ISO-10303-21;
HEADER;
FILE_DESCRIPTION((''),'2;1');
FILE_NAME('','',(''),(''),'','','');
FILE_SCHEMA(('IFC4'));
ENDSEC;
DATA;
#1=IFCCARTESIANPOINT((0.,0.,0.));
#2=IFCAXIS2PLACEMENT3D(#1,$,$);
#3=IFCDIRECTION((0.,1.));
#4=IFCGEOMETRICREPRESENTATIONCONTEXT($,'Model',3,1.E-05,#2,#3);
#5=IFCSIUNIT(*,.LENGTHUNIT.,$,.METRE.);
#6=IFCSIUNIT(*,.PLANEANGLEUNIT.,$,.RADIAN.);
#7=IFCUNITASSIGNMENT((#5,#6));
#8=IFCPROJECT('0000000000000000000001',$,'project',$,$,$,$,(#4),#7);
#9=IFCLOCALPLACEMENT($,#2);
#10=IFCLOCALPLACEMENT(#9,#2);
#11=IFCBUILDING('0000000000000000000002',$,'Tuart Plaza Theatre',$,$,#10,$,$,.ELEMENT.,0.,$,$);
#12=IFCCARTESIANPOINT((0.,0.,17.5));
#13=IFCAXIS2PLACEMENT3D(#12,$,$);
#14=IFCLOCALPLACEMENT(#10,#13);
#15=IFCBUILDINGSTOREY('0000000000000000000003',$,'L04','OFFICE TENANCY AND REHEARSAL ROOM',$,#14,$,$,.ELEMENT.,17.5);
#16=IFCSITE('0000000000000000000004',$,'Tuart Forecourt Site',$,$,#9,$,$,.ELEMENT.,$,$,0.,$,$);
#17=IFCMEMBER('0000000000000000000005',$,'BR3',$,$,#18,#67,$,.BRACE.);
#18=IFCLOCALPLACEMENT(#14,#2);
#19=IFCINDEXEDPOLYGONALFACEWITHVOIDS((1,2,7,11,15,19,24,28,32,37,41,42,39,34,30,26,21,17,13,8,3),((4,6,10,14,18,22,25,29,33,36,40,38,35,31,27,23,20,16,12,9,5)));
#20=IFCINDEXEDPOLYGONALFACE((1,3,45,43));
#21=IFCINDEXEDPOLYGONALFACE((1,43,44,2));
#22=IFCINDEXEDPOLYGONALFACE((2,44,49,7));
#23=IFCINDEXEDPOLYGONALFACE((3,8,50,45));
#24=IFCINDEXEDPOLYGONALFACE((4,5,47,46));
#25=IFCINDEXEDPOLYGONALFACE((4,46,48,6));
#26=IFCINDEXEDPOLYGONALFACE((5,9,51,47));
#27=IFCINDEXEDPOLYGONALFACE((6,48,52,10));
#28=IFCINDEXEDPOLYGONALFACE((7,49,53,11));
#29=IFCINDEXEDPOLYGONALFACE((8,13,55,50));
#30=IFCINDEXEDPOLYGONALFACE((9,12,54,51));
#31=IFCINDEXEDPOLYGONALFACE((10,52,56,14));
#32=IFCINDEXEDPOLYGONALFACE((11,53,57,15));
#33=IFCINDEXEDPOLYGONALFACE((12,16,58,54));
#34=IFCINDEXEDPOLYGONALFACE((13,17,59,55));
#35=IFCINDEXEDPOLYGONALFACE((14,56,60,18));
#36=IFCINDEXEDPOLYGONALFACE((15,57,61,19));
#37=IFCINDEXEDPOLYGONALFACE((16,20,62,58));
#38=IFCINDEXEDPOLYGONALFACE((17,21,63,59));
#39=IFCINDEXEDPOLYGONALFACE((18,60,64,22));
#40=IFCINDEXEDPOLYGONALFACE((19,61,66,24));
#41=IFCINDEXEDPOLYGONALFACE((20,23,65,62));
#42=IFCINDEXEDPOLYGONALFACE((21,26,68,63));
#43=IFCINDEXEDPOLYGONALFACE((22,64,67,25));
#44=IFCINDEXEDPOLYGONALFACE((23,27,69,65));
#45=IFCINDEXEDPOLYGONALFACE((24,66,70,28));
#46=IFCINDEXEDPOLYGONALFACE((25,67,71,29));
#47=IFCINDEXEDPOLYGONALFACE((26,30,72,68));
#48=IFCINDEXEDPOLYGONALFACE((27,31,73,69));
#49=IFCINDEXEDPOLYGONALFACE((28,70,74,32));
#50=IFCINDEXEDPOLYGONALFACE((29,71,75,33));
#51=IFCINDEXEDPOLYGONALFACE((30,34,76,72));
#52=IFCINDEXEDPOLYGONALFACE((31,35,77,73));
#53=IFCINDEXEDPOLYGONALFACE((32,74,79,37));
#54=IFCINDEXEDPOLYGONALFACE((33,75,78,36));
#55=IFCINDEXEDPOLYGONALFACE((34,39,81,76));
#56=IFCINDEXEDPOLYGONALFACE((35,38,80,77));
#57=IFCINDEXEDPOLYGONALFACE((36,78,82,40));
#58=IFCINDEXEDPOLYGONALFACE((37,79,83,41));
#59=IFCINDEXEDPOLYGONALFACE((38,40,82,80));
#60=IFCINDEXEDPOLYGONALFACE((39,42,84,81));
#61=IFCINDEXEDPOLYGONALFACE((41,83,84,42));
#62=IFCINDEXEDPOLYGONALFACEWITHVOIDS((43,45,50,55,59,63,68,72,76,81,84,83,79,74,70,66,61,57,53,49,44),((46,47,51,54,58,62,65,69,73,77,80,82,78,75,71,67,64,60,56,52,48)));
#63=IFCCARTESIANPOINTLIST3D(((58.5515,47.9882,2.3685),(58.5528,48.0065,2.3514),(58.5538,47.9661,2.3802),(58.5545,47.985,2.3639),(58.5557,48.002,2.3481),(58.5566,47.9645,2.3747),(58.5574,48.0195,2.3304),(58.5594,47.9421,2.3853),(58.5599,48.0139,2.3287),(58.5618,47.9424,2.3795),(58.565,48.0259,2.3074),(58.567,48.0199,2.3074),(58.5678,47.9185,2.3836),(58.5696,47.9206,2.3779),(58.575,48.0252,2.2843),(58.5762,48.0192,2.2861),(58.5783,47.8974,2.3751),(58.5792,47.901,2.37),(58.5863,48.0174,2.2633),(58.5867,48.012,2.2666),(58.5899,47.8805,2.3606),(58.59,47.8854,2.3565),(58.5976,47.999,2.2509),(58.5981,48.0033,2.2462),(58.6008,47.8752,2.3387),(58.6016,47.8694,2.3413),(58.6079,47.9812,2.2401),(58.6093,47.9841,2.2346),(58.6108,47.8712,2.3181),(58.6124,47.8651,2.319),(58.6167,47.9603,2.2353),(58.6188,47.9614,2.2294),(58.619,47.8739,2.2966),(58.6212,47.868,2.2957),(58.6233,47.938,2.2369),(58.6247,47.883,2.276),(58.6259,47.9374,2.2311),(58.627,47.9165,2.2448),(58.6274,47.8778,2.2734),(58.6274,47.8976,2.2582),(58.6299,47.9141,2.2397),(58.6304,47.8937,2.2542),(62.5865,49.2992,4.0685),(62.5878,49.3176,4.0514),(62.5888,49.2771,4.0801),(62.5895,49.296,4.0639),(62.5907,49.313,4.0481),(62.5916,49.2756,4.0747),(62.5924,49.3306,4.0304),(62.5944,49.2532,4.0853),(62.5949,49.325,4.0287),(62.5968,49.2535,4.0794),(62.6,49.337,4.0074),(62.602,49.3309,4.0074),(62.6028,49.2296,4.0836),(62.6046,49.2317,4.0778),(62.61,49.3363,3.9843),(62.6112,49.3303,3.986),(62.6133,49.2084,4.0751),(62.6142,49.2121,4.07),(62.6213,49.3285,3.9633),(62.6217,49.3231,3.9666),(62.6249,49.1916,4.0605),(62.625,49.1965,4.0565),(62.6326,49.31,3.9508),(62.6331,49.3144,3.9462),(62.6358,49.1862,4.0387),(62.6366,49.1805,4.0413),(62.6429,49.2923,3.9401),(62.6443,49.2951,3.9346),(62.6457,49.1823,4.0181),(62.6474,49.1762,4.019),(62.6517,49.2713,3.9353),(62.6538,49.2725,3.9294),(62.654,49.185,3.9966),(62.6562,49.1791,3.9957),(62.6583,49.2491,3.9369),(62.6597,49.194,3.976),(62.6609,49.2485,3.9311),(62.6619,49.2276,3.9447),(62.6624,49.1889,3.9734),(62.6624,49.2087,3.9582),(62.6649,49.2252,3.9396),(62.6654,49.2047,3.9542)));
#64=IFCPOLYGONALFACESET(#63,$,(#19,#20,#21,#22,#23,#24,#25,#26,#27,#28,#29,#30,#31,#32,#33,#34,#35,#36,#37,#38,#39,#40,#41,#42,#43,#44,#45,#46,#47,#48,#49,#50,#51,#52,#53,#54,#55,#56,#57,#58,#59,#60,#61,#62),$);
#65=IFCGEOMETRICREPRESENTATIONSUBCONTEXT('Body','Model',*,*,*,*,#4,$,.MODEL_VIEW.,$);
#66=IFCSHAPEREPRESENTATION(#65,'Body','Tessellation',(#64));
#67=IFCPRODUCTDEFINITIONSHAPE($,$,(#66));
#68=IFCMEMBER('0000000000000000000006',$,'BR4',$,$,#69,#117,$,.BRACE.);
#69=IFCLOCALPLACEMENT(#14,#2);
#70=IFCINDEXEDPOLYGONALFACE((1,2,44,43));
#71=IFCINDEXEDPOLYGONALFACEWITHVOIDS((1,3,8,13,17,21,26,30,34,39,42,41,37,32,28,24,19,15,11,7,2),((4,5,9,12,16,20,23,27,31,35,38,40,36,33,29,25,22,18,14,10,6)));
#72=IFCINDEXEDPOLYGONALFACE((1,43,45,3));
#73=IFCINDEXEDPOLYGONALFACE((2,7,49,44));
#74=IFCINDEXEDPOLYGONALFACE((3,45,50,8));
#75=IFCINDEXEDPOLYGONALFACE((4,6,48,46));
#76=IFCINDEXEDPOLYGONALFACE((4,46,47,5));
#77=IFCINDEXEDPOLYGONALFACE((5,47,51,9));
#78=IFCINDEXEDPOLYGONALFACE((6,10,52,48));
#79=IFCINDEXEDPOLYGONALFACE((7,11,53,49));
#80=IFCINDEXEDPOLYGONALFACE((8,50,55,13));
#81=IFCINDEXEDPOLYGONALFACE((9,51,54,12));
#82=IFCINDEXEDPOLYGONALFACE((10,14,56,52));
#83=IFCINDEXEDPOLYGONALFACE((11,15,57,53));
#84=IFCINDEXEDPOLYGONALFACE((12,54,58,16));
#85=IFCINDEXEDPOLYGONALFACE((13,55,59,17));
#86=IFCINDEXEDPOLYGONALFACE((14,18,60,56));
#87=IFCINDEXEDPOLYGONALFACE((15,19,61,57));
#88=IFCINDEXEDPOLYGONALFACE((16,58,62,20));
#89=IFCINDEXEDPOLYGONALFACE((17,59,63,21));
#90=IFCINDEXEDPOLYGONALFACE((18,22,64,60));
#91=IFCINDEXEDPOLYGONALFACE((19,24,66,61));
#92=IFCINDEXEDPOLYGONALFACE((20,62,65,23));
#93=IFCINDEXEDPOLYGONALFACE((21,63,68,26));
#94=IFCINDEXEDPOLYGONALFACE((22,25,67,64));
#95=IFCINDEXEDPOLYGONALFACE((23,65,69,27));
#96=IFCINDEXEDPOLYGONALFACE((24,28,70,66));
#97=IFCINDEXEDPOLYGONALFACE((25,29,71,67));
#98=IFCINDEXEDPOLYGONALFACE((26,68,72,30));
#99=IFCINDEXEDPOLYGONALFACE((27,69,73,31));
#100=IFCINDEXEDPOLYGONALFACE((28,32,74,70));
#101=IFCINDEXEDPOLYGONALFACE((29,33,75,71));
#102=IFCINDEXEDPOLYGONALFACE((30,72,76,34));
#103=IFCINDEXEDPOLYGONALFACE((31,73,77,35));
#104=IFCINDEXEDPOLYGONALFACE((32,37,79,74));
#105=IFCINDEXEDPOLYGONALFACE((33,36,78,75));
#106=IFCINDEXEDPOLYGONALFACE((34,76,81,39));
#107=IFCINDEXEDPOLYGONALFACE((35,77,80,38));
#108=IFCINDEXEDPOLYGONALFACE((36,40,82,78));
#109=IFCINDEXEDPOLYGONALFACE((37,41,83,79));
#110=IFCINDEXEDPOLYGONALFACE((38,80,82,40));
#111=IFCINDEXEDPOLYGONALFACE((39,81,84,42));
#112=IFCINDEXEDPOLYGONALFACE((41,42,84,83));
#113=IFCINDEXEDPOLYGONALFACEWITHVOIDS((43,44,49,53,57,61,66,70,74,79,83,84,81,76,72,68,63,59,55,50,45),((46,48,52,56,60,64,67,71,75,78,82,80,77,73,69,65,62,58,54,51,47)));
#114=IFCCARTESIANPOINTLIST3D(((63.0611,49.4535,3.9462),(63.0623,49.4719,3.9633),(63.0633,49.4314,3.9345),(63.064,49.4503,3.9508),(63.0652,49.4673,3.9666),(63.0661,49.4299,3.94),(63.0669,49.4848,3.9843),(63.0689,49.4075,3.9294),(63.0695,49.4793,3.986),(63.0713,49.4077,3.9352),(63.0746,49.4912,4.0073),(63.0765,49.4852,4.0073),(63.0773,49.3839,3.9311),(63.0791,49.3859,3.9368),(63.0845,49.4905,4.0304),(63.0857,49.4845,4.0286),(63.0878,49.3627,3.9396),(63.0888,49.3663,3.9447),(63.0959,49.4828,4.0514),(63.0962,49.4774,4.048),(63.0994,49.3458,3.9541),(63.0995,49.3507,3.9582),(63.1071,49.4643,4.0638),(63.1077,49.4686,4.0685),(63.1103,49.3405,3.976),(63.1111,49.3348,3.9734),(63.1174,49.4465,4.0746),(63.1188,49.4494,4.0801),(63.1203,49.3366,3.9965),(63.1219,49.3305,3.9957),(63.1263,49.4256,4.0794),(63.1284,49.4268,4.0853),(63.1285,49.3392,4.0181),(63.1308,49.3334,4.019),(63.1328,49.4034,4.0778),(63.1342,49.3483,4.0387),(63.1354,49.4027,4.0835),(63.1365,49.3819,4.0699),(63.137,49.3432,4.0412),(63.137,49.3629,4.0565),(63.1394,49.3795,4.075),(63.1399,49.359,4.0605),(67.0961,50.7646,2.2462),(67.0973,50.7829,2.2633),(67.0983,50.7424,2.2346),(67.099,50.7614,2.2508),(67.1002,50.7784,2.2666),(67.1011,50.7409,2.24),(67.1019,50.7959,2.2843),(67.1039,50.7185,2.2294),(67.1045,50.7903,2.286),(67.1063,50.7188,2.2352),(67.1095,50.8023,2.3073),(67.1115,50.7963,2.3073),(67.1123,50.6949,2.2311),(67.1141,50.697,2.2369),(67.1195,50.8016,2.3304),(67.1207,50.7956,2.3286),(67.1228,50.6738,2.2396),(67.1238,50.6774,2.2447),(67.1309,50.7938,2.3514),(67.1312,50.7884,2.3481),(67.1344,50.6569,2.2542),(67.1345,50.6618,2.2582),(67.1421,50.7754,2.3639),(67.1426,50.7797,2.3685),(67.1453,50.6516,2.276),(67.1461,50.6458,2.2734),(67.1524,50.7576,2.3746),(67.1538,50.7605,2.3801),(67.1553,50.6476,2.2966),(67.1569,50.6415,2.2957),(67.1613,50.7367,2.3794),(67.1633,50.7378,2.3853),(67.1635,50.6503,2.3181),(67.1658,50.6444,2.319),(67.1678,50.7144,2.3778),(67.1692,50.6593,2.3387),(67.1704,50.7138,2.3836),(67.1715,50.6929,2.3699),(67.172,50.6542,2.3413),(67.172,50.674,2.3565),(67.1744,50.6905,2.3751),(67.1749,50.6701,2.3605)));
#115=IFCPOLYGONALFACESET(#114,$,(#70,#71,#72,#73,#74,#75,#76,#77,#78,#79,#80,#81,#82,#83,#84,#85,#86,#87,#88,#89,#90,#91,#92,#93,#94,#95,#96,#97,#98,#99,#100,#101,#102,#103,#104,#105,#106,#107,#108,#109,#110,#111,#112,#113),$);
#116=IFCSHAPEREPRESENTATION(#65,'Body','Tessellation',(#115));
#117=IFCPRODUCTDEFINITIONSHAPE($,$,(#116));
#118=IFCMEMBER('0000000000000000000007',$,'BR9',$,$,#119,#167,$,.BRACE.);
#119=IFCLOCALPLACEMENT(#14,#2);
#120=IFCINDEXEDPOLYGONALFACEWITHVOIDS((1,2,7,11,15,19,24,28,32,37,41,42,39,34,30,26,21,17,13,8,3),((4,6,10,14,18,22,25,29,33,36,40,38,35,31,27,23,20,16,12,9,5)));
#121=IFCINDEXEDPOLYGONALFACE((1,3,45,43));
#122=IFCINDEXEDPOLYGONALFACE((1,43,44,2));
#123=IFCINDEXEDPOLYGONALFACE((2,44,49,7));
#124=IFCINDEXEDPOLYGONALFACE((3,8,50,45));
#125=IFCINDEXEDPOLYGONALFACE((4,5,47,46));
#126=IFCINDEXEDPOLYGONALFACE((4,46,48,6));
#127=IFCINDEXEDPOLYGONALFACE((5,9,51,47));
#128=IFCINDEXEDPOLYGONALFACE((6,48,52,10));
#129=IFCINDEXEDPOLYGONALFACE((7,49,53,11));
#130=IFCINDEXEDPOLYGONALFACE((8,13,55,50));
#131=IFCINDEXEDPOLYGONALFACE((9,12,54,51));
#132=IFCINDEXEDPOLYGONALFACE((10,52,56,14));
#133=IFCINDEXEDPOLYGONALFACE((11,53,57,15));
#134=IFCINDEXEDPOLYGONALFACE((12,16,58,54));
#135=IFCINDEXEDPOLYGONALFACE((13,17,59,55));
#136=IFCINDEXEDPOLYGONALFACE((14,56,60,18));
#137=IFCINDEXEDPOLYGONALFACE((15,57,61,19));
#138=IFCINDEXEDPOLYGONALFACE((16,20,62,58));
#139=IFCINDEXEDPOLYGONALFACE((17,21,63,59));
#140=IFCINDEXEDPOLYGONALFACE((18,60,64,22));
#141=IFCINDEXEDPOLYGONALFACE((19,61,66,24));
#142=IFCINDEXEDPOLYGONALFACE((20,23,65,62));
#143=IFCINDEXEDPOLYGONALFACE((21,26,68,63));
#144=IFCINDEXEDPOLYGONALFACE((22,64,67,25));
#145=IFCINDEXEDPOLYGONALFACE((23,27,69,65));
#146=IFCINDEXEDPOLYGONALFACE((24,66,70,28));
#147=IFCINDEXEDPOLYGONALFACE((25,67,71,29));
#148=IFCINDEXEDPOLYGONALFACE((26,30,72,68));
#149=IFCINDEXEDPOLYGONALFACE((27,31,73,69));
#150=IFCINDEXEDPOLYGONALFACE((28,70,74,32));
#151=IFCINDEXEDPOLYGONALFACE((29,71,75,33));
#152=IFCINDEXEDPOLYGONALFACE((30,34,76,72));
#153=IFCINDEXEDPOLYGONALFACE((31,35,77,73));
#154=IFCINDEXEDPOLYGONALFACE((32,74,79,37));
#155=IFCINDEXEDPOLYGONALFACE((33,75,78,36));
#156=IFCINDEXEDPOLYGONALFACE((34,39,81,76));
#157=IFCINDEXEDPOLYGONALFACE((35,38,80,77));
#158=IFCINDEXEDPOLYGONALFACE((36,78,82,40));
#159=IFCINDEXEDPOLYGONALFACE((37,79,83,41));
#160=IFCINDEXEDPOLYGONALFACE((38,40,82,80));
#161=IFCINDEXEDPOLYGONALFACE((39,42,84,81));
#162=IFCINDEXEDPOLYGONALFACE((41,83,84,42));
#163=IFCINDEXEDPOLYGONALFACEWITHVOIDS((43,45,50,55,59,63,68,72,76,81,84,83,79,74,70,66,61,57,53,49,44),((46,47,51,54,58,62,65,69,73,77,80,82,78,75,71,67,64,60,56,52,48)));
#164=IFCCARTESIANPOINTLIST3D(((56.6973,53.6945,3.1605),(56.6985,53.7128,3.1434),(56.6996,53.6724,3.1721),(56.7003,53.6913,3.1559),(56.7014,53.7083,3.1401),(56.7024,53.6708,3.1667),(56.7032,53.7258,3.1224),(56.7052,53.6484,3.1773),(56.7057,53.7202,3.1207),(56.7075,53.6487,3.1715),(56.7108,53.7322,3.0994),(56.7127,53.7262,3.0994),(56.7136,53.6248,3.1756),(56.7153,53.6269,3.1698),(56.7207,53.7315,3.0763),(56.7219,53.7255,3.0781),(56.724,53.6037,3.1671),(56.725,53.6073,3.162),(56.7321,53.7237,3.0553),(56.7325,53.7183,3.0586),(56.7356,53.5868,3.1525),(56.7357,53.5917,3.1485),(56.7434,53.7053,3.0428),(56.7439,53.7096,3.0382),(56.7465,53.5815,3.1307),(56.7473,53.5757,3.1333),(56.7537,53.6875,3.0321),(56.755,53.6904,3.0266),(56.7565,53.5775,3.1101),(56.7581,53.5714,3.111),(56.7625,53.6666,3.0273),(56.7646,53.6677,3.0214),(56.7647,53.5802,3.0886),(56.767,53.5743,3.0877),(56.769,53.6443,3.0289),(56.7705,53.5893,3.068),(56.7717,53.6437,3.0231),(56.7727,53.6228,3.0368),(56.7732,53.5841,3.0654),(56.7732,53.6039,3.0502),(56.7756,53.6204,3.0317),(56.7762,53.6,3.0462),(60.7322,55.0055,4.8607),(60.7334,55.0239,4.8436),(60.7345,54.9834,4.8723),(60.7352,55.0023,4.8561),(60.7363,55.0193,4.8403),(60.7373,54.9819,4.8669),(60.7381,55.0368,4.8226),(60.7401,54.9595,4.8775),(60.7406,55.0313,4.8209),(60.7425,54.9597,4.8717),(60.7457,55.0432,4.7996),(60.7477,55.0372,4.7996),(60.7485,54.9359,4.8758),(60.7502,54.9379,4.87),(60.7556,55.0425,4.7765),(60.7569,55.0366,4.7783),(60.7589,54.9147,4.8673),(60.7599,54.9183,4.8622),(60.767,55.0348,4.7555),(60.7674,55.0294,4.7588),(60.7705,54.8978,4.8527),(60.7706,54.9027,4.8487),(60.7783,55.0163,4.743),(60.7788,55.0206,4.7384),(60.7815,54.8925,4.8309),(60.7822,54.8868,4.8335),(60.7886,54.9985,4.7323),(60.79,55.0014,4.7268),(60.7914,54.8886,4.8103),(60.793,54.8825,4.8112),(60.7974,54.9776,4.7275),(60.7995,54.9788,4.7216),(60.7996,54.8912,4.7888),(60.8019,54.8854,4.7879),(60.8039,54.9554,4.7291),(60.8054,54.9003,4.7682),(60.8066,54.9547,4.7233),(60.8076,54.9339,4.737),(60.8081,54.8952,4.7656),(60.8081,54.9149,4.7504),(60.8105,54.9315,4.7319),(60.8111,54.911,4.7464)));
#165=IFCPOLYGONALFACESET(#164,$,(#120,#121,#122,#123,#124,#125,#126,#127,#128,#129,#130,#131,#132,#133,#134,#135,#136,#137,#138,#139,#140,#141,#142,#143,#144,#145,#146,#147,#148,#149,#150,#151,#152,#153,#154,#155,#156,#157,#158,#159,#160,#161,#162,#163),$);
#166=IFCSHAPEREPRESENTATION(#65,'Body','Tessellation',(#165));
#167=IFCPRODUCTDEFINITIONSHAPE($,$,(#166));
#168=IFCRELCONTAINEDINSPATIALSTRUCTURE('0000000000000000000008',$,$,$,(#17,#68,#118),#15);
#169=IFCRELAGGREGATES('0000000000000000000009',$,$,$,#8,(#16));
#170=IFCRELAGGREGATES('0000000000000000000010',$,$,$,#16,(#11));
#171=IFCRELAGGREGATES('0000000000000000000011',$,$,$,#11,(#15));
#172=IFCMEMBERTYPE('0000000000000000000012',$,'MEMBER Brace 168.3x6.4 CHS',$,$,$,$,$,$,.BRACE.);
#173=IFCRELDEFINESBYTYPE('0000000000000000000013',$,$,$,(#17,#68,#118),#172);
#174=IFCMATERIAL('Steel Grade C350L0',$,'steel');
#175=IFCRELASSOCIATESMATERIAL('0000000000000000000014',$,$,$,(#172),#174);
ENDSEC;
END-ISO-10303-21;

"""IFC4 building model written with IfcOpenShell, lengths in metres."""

from ifc_helpers import new_model, si_unit, direction, frame, origin, origin_2d, place, context, subcontext, project, spatial, hollow_circle, extrude, material, material_profile, profile_set, type_object, element, save


model = new_model("IFC4")

# Units and contexts
model_context = context("Model", 3, precision=1e-05, world=origin(), true_north=direction((0.0, 1.0)))
body_context = subcontext(model_context, "Body", "Model", "MODEL_VIEW")
ifc_project = project(units=[si_unit("LENGTHUNIT", "METRE"), si_unit("PLANEANGLEUNIT", "RADIAN")], contexts=[model_context])

# Site, building, storey
site_placement = place(None, origin())
site = spatial("IfcSite", under=ifc_project, at=site_placement, Name="Tuart Forecourt Site", CompositionType="ELEMENT", RefElevation=0.0)
building_placement = place(site_placement, origin())
building = spatial("IfcBuilding", under=site, at=building_placement, Name="Tuart Plaza Theatre", CompositionType="ELEMENT", ElevationOfRefHeight=0.0)
storey_placement = place(building_placement, frame((0.0, 0.0, 17.5)))
storey = spatial("IfcBuildingStorey", under=building, at=storey_placement, Name="L04", Description="OFFICE TENANCY AND REHEARSAL ROOM", CompositionType="ELEMENT", Elevation=17.5)

# Members
ifc_material_1 = material(Name="Steel Grade C350L0", Category="steel")
ifc_material_profile_1 = material_profile(ifc_material_1, hollow_circle(Radius=0.0842, WallThickness=0.0063, at=origin_2d()), Name="168.3x6.4 CHS")
ifc_profile_set_1 = profile_set([ifc_material_profile_1], Name="Steel Grade C350L0")
member_type_1 = type_object("IfcMemberType", Name="MEMBER Brace 168.3x6.4 CHS", PredefinedType="BRACE", material=ifc_profile_set_1)
for number, where, z_axis, x_axis, name in (
    (1, (58.5911, 47.9458, 2.3074), (0.882823, 0.286849, 0.371943), (-0.30902, 0.951056, 0.0), "BR3"),
    (2, (63.1006, 49.4111, 4.0073), (0.882823, 0.286849, -0.371943), (-0.30902, 0.951056, 0.0), "BR4"),
    (3, (56.7368, 53.6521, 3.0994), (0.882805, 0.286844, 0.371989), (-0.30902, 0.951056, 0.0), "BR9"),
):
    element("IfcMember", number, at=place(storey_placement, frame(where, z_axis=z_axis, x_axis=x_axis)), inside=storey, type_object=member_type_1, Name=name, PredefinedType="BRACE", context=body_context, shape_type="SweptSolid", body=[
        extrude(hollow_circle(Radius=0.0842, WallThickness=0.0063, at=origin_2d()), origin(), (0.0, 0.0, 1.0), 4.5706),
    ])

save(model, "model.ifc")
